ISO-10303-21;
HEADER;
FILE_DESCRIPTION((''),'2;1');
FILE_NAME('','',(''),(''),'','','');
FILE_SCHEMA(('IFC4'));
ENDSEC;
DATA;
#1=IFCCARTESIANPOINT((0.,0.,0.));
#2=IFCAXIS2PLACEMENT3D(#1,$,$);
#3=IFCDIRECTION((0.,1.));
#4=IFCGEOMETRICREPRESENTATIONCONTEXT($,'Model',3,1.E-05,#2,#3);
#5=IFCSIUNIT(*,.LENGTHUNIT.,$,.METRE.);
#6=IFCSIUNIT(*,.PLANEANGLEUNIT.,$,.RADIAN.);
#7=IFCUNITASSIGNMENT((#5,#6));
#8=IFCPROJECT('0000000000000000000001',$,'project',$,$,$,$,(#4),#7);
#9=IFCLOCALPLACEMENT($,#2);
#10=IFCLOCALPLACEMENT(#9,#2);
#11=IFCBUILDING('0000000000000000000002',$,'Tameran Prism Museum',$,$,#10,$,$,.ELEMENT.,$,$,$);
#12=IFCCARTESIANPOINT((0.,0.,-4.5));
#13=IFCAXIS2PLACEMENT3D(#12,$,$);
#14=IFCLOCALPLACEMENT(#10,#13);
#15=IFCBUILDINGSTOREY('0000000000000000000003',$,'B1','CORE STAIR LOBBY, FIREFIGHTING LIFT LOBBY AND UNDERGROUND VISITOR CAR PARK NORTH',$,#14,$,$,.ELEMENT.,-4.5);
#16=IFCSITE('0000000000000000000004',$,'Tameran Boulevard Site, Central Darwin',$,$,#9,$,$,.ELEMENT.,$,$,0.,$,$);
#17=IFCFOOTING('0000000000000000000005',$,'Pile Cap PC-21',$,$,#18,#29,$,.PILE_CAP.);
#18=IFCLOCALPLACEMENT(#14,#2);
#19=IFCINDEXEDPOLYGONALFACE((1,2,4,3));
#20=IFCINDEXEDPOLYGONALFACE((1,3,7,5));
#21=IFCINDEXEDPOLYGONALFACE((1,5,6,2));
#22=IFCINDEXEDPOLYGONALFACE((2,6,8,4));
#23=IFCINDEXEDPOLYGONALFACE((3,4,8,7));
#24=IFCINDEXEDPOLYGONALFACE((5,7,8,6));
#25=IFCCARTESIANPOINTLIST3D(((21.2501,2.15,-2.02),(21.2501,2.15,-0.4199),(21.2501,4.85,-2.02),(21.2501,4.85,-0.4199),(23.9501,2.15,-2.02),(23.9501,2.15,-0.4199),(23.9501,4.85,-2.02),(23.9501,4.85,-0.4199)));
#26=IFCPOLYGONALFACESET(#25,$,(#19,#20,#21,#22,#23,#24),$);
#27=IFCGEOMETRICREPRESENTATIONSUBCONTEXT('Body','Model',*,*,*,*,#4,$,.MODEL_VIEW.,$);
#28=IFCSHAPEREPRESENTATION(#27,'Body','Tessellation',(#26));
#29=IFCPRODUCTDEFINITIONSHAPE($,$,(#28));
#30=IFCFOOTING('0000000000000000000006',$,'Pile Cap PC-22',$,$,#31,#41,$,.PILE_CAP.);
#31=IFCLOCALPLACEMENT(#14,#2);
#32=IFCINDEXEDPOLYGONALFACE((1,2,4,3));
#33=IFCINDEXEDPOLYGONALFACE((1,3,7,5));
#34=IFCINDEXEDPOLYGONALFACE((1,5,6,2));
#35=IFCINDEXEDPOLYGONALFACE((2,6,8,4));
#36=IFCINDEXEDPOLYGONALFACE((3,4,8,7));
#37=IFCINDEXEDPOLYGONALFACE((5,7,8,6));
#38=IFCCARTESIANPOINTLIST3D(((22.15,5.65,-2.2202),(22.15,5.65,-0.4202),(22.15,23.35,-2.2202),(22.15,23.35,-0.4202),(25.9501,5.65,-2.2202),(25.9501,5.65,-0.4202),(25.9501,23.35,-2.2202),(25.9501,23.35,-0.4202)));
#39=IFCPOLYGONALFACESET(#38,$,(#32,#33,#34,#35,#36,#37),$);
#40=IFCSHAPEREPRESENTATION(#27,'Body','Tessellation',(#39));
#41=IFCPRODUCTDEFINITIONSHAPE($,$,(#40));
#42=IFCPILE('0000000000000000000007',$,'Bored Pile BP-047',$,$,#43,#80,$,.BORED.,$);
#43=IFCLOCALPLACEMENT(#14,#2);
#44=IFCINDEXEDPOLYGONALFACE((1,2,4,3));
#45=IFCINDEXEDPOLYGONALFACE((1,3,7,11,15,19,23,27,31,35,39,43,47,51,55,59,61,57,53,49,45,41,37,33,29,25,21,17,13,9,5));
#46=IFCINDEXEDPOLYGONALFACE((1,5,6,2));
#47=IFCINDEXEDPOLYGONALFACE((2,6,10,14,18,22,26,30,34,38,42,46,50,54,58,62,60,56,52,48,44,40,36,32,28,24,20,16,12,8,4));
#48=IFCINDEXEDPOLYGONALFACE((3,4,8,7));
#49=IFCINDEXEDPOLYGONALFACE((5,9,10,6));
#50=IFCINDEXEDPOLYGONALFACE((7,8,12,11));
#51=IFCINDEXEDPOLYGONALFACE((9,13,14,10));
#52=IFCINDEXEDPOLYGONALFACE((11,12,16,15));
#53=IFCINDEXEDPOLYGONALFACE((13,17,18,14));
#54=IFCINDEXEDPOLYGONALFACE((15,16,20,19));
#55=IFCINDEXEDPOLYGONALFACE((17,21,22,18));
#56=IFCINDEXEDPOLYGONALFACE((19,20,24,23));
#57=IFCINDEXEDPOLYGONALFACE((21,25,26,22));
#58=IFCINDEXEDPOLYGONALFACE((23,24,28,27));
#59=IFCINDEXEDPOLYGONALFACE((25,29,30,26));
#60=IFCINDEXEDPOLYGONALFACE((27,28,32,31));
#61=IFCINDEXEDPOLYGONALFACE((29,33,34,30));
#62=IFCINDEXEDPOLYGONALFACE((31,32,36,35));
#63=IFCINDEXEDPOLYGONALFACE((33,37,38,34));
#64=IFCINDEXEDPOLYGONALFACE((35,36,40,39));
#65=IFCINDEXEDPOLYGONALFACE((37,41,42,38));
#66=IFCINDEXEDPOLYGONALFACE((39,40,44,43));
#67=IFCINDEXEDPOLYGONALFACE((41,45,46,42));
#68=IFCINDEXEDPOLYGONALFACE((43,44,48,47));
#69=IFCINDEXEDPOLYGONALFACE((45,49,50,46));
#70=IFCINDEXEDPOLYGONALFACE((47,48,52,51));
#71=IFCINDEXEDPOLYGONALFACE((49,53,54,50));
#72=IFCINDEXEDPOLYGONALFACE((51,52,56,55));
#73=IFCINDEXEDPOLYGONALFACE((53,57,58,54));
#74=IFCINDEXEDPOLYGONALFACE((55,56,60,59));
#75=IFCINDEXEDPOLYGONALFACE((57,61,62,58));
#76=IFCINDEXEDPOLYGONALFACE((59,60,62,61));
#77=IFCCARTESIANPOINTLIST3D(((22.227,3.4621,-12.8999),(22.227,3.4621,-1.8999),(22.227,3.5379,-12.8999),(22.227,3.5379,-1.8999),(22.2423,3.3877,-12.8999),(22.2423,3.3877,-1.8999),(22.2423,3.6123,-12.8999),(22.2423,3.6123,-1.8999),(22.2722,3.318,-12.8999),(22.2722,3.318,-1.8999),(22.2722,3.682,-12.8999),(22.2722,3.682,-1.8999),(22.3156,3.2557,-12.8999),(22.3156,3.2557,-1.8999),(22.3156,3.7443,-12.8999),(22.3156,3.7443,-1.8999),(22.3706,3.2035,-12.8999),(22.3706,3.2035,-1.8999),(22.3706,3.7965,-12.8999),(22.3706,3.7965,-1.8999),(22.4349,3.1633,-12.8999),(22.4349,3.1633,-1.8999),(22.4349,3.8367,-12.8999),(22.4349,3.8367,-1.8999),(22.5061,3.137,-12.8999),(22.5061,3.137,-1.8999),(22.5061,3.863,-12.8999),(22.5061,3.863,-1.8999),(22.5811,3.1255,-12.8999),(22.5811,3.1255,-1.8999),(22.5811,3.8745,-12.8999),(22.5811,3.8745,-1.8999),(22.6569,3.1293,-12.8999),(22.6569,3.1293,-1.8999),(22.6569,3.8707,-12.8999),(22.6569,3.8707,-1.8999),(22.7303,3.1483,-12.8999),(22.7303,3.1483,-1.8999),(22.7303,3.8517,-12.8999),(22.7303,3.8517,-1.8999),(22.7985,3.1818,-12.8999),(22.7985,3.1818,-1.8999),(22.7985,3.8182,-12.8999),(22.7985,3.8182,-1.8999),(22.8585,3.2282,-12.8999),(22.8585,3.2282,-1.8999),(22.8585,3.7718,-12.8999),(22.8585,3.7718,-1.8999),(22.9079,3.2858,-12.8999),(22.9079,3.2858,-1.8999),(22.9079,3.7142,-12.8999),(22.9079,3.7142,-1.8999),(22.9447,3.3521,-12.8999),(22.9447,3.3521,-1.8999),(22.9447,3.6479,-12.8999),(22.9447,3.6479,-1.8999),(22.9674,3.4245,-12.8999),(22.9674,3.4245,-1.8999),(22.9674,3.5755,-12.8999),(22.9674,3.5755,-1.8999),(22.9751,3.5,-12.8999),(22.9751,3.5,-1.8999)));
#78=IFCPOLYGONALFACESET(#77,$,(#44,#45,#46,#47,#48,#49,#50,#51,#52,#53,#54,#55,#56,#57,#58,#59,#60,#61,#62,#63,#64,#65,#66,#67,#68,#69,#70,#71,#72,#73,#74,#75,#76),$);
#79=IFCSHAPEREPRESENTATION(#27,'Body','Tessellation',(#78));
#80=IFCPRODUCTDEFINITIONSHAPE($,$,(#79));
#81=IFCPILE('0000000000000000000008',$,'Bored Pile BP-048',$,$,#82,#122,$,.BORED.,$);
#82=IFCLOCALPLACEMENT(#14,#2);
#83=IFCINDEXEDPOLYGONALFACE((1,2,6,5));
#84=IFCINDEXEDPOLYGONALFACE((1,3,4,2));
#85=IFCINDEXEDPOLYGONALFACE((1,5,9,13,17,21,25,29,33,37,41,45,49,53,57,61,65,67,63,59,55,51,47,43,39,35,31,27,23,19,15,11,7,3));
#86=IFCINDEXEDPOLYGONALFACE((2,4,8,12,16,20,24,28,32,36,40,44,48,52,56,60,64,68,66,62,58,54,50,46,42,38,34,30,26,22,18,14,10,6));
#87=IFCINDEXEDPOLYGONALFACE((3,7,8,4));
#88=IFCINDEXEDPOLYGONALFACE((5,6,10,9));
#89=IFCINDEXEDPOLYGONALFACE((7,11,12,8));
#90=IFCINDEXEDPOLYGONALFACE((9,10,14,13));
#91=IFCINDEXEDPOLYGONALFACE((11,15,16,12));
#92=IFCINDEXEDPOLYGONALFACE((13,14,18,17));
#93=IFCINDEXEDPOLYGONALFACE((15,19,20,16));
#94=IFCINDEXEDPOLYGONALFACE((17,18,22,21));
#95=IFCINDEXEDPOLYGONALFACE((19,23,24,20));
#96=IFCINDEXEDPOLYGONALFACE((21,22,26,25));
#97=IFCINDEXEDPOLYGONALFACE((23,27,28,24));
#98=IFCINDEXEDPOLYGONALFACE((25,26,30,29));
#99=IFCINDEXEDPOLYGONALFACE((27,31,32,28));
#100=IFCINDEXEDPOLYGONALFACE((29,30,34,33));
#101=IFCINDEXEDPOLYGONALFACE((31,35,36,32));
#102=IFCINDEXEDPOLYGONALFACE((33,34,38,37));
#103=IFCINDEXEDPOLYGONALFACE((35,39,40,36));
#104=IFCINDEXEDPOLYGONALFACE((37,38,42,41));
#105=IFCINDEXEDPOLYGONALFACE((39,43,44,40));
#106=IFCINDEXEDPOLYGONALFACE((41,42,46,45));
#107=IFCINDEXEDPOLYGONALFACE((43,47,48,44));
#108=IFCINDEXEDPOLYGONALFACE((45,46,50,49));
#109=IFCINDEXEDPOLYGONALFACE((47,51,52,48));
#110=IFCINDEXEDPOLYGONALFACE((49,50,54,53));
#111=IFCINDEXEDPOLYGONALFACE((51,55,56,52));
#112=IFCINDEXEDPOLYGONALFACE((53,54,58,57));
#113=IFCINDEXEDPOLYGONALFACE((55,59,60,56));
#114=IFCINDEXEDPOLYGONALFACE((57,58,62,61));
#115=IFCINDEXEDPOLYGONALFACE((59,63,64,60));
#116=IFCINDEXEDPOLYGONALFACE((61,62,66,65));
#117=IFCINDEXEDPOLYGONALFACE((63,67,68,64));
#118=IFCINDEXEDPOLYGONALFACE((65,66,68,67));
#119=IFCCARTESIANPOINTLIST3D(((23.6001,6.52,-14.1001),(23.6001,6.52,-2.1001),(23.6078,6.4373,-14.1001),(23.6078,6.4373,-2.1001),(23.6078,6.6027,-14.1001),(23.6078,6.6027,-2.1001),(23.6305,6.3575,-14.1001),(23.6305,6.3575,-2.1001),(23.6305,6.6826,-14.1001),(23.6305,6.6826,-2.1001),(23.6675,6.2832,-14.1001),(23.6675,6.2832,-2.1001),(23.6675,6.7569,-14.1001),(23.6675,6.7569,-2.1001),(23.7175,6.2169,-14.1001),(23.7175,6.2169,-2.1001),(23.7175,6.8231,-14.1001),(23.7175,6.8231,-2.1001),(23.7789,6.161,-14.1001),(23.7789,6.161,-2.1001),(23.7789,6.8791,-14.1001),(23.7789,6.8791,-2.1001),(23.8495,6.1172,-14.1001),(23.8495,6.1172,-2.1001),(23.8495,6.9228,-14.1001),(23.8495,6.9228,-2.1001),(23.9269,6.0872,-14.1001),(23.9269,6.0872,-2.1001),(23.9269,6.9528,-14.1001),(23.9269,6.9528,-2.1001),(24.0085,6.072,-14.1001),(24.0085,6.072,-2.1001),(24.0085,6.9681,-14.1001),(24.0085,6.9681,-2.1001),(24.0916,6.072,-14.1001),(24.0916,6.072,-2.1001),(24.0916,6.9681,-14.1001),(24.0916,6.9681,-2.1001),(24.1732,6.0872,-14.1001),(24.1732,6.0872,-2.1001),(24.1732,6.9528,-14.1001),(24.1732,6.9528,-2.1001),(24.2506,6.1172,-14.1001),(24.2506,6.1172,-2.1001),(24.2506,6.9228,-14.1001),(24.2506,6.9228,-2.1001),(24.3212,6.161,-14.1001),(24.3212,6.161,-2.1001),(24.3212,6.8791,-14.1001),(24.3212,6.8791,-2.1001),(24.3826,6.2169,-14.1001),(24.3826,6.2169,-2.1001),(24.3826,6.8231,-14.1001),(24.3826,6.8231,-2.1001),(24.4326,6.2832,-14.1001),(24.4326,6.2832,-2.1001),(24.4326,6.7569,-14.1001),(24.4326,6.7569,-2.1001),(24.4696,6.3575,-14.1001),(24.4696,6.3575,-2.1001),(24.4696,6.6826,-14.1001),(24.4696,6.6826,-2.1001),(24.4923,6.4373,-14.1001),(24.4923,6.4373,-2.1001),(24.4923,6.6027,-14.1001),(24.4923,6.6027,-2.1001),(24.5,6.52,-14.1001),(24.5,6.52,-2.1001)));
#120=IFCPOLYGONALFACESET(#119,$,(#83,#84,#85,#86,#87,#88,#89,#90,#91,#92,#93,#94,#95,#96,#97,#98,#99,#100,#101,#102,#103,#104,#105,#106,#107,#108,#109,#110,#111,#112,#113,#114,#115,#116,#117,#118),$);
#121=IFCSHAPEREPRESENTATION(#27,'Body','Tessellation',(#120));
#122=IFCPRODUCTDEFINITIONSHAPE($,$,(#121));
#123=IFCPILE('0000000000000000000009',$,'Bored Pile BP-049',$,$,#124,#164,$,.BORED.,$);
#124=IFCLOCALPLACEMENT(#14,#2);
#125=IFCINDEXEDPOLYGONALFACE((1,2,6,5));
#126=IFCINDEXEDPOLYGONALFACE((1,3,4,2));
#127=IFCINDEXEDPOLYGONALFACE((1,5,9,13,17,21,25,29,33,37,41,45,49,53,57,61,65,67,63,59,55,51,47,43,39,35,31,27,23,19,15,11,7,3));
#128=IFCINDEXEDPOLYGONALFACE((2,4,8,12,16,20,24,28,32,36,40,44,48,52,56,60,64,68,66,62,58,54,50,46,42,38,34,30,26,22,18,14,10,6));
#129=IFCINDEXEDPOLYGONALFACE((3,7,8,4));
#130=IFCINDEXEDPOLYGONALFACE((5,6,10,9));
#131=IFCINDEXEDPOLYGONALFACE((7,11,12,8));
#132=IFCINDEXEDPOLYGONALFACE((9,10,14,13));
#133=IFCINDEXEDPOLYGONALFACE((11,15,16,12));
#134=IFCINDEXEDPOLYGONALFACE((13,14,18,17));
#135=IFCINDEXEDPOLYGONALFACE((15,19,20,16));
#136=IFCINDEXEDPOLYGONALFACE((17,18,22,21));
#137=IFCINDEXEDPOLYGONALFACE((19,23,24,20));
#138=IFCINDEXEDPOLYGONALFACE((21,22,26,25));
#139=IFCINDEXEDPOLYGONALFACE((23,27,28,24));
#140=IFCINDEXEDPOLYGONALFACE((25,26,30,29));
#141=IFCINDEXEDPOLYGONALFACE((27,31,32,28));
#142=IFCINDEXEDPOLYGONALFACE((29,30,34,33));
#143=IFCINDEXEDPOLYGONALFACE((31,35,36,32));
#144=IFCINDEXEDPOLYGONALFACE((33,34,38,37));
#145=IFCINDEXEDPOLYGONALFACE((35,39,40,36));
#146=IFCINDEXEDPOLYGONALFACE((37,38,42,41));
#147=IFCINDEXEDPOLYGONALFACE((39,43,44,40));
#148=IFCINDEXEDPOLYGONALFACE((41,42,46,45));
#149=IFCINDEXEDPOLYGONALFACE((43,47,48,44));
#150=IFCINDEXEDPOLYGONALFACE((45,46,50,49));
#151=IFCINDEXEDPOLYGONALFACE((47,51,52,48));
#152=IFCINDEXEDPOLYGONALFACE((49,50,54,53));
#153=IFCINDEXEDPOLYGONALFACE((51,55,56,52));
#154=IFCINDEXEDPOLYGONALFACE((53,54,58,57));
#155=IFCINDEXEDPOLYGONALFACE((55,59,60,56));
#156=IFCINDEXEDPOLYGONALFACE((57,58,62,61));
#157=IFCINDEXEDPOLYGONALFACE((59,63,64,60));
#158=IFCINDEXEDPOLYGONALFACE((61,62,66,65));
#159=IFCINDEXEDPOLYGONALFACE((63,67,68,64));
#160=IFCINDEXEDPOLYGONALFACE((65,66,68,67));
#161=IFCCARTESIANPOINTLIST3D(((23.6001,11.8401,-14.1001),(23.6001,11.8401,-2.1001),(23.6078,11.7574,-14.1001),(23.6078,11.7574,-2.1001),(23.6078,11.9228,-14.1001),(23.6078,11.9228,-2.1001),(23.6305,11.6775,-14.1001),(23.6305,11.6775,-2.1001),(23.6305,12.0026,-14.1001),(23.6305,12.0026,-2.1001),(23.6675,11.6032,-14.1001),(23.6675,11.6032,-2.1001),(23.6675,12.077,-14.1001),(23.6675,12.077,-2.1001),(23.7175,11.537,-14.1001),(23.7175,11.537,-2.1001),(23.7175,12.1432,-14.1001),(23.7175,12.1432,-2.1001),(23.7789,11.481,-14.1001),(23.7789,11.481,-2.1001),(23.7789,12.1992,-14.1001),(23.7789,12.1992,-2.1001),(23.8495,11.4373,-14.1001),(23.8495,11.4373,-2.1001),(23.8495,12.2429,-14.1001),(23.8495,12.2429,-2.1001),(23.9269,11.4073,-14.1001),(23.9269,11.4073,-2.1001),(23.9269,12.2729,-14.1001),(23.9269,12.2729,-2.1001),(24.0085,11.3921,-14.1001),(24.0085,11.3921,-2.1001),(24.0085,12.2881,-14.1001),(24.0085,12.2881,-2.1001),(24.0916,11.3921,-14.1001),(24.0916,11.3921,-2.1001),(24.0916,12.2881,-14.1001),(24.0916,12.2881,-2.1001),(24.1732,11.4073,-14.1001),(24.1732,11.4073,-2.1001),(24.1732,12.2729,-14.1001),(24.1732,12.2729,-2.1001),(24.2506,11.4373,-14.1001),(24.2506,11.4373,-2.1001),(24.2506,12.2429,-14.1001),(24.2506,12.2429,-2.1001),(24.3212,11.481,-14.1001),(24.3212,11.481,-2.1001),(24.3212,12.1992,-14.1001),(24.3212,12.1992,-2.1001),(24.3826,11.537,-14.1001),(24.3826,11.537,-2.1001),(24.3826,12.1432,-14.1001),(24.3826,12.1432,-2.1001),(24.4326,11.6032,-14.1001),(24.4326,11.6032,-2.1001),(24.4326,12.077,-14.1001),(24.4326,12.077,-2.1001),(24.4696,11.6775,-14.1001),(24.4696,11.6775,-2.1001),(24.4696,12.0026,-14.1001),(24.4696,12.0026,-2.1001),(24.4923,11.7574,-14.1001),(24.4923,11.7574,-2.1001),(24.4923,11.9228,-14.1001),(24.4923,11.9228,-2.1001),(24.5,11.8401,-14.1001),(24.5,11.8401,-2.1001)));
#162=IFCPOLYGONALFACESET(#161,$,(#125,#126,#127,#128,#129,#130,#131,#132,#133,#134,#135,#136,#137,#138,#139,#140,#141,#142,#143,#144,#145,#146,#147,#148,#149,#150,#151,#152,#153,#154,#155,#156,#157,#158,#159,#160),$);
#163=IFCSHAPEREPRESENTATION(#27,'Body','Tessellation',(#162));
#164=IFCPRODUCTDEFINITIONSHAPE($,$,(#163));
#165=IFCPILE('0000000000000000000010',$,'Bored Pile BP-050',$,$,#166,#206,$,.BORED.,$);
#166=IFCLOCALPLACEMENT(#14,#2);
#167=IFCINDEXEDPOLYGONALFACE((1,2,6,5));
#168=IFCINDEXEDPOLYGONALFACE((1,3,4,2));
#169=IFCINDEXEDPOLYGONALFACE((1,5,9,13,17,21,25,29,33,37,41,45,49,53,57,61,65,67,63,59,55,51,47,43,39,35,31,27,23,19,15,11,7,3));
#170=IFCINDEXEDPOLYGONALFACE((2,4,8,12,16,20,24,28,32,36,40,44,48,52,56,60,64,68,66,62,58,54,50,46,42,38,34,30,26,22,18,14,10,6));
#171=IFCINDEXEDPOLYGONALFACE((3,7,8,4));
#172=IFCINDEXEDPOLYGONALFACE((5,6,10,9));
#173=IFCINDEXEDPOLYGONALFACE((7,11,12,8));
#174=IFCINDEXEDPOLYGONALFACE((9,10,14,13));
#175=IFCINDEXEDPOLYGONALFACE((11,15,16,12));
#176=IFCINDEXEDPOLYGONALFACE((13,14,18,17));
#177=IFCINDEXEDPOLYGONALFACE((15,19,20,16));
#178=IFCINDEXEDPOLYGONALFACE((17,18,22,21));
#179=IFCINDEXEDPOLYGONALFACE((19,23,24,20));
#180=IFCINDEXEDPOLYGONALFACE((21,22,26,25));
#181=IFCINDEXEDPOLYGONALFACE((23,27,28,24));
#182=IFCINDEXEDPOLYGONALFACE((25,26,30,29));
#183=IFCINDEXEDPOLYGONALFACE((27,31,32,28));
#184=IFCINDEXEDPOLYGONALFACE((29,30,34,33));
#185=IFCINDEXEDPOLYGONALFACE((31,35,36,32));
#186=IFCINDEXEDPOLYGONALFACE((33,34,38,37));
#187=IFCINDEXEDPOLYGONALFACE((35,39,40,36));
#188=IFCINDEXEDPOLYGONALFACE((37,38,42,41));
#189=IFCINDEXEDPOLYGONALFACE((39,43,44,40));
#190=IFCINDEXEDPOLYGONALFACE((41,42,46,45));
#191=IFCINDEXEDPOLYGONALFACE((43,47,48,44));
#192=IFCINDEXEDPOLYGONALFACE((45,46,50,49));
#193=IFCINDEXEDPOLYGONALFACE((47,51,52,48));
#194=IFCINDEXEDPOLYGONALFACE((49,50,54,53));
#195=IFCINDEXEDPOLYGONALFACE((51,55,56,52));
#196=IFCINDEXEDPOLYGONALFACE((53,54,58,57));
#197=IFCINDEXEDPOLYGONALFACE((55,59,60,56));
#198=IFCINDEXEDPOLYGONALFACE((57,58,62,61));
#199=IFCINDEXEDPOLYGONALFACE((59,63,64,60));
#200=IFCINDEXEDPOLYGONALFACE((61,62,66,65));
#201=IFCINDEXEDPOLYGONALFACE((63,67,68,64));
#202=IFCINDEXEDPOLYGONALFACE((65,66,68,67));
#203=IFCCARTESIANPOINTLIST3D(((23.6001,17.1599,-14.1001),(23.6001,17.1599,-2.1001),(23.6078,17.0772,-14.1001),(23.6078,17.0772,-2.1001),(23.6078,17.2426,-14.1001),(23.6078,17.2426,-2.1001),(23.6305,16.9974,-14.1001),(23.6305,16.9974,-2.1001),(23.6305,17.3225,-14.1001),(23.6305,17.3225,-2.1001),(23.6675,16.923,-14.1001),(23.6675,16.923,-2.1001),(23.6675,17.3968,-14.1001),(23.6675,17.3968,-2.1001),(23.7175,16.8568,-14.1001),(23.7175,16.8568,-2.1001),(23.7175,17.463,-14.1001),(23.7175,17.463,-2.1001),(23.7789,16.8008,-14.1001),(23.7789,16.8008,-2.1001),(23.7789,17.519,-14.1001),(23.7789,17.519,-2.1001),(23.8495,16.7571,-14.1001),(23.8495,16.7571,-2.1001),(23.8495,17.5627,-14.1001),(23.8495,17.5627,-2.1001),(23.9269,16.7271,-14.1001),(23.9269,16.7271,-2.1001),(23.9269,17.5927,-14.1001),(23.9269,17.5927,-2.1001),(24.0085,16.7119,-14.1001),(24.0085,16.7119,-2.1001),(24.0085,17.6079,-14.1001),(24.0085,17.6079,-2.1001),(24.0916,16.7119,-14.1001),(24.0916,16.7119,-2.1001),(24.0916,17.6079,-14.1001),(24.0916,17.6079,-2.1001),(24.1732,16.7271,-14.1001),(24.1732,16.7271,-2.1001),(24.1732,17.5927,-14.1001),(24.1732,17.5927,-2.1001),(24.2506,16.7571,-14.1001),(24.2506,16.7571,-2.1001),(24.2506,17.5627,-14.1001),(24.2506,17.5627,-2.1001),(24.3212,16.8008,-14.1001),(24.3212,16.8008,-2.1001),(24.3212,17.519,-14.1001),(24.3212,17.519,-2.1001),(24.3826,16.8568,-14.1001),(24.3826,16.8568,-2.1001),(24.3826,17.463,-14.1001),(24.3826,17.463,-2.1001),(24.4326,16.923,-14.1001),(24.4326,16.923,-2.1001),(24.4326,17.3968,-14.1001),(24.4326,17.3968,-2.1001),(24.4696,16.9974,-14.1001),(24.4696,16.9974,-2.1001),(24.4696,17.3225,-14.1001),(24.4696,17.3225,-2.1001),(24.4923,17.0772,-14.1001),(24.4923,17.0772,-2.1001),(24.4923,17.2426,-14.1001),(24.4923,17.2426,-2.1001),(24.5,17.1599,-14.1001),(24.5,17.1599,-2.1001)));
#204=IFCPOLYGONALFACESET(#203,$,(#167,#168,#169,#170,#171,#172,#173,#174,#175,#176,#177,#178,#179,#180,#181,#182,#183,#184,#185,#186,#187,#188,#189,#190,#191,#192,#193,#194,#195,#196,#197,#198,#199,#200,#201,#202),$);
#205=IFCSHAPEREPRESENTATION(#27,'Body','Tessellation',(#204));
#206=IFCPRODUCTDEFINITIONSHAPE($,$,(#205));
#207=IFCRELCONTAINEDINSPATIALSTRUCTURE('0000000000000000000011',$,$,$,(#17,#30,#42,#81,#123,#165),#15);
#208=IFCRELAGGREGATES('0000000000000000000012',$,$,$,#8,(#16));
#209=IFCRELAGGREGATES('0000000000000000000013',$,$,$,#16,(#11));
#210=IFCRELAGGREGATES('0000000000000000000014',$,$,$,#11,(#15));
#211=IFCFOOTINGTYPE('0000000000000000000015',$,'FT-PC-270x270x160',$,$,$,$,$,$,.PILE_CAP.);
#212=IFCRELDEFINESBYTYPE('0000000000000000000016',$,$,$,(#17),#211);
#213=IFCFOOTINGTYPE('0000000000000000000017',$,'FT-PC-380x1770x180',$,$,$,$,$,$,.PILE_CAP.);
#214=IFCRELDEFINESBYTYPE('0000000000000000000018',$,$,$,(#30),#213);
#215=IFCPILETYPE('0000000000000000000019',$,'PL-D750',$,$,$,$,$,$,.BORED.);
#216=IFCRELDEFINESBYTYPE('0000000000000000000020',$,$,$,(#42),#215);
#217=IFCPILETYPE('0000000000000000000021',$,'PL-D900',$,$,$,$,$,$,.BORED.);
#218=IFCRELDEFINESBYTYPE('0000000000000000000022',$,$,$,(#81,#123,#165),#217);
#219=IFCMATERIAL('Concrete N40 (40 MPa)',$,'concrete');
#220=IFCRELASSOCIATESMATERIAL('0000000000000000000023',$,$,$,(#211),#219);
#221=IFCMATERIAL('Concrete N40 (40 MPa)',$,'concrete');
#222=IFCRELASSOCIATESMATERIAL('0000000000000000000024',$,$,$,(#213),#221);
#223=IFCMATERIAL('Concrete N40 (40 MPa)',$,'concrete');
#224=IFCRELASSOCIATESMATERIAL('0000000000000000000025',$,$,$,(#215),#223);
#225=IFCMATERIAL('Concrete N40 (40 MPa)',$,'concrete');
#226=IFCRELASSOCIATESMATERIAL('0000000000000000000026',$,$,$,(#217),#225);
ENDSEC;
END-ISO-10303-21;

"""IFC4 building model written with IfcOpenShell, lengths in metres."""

from ifc_helpers import new_model, si_unit, direction, frame, origin, origin_2d, place, context, subcontext, project, spatial, rectangle, circle, extrude, material, material_profile, profile_set, type_object, element, save


model = new_model("IFC4")

# Units and contexts
model_context = context("Model", 3, precision=1e-05, world=origin(), true_north=direction((0.0, 1.0)))
body_context = subcontext(model_context, "Body", "Model", "MODEL_VIEW")
ifc_project = project(units=[si_unit("LENGTHUNIT", "METRE"), si_unit("PLANEANGLEUNIT", "RADIAN")], contexts=[model_context])

# Site, building, storey
site_placement = place(None, origin())
site = spatial("IfcSite", under=ifc_project, at=site_placement, Name="Tameran Boulevard Site, Central Darwin", CompositionType="ELEMENT", RefElevation=0.0)
building_placement = place(site_placement, origin())
building = spatial("IfcBuilding", under=site, at=building_placement, Name="Tameran Prism Museum", CompositionType="ELEMENT")
storey_placement = place(building_placement, frame((0.0, 0.0, -4.5)))
storey = spatial("IfcBuildingStorey", under=building, at=storey_placement, Name="B1", Description="CORE STAIR LOBBY, FIREFIGHTING LIFT LOBBY AND UNDERGROUND VISITOR CAR PARK NORTH", CompositionType="ELEMENT", Elevation=-4.5)

# Footings
ifc_material_1 = material(Name="Concrete N40 (40 MPa)", Category="concrete")
footing_type_1 = type_object("IfcFootingType", Name="FT-PC-270x270x160", PredefinedType="PILE_CAP", material=ifc_material_1)
footing_1_placement = place(storey_placement, frame((22.6001, 3.5, -2.02), z_axis=(0.0, 0.0, 1.0), x_axis=(1.0, 0.0, 0.0)))
element("IfcFooting", 1, at=footing_1_placement, inside=storey, type_object=footing_type_1, Name="Pile Cap PC-21", PredefinedType="PILE_CAP", context=body_context, shape_type="SweptSolid", body=[
    extrude(rectangle(XDim=2.7, YDim=2.7, at=origin_2d()), origin(), (0.0, 0.0, 1.0), 1.6001),
])
ifc_material_2 = material(Name="Concrete N40 (40 MPa)", Category="concrete")
footing_type_2 = type_object("IfcFootingType", Name="FT-PC-380x1770x180", PredefinedType="PILE_CAP", material=ifc_material_2)
footing_2_placement = place(storey_placement, frame((24.05, 14.5, -2.2202), z_axis=(0.0, 0.0, 1.0), x_axis=(1.0, 0.0, 0.0)))
element("IfcFooting", 2, at=footing_2_placement, inside=storey, type_object=footing_type_2, Name="Pile Cap PC-22", PredefinedType="PILE_CAP", context=body_context, shape_type="SweptSolid", body=[
    extrude(rectangle(XDim=3.8, YDim=17.7, at=origin_2d()), origin(), (0.0, 0.0, 1.0), 1.8),
])

# Piles
ifc_material_3 = material(Name="Concrete N40 (40 MPa)", Category="concrete")
ifc_material_profile_1 = material_profile(ifc_material_3, circle(Radius=0.375, at=origin_2d()))
ifc_profile_set_1 = profile_set([ifc_material_profile_1])
pile_type_1 = type_object("IfcPileType", Name="PL-D750", PredefinedType="BORED", material=ifc_profile_set_1)
pile_placement = place(storey_placement, frame((22.6001, 3.5, -1.8999), z_axis=(0.0, 0.0, -1.0), x_axis=(1.0, 0.0, 0.0)))
element("IfcPile", 3, at=pile_placement, inside=storey, type_object=pile_type_1, Name="Bored Pile BP-047", PredefinedType="BORED", context=body_context, shape_type="SweptSolid", body=[
    extrude(circle(Radius=0.375, at=origin_2d()), origin(), (0.0, 0.0, 1.0), 11.0),
])
ifc_material_4 = material(Name="Concrete N40 (40 MPa)", Category="concrete")
ifc_material_profile_2 = material_profile(ifc_material_4, circle(Radius=0.45, at=origin_2d()))
ifc_profile_set_2 = profile_set([ifc_material_profile_2])
pile_type_2 = type_object("IfcPileType", Name="PL-D900", PredefinedType="BORED", material=ifc_profile_set_2)
for number, where, z_axis, x_axis, name in (
    (4, (24.05, 6.52, -2.1001), (0.0, 0.0, -1.0), (1.0, 0.0, 0.0), "Bored Pile BP-048"),
    (5, (24.05, 11.8401, -2.1001), (0.0, 0.0, -1.0), (1.0, 0.0, 0.0), "Bored Pile BP-049"),
    (6, (24.05, 17.1599, -2.1001), (0.0, 0.0, -1.0), (1.0, 0.0, 0.0), "Bored Pile BP-050"),
):
    element("IfcPile", number, at=place(storey_placement, frame(where, z_axis=z_axis, x_axis=x_axis)), inside=storey, type_object=pile_type_2, Name=name, PredefinedType="BORED", context=body_context, shape_type="SweptSolid", body=[
        extrude(circle(Radius=0.45, at=origin_2d()), origin(), (0.0, 0.0, 1.0), 12.0),
    ])

save(model, "model.ifc")
